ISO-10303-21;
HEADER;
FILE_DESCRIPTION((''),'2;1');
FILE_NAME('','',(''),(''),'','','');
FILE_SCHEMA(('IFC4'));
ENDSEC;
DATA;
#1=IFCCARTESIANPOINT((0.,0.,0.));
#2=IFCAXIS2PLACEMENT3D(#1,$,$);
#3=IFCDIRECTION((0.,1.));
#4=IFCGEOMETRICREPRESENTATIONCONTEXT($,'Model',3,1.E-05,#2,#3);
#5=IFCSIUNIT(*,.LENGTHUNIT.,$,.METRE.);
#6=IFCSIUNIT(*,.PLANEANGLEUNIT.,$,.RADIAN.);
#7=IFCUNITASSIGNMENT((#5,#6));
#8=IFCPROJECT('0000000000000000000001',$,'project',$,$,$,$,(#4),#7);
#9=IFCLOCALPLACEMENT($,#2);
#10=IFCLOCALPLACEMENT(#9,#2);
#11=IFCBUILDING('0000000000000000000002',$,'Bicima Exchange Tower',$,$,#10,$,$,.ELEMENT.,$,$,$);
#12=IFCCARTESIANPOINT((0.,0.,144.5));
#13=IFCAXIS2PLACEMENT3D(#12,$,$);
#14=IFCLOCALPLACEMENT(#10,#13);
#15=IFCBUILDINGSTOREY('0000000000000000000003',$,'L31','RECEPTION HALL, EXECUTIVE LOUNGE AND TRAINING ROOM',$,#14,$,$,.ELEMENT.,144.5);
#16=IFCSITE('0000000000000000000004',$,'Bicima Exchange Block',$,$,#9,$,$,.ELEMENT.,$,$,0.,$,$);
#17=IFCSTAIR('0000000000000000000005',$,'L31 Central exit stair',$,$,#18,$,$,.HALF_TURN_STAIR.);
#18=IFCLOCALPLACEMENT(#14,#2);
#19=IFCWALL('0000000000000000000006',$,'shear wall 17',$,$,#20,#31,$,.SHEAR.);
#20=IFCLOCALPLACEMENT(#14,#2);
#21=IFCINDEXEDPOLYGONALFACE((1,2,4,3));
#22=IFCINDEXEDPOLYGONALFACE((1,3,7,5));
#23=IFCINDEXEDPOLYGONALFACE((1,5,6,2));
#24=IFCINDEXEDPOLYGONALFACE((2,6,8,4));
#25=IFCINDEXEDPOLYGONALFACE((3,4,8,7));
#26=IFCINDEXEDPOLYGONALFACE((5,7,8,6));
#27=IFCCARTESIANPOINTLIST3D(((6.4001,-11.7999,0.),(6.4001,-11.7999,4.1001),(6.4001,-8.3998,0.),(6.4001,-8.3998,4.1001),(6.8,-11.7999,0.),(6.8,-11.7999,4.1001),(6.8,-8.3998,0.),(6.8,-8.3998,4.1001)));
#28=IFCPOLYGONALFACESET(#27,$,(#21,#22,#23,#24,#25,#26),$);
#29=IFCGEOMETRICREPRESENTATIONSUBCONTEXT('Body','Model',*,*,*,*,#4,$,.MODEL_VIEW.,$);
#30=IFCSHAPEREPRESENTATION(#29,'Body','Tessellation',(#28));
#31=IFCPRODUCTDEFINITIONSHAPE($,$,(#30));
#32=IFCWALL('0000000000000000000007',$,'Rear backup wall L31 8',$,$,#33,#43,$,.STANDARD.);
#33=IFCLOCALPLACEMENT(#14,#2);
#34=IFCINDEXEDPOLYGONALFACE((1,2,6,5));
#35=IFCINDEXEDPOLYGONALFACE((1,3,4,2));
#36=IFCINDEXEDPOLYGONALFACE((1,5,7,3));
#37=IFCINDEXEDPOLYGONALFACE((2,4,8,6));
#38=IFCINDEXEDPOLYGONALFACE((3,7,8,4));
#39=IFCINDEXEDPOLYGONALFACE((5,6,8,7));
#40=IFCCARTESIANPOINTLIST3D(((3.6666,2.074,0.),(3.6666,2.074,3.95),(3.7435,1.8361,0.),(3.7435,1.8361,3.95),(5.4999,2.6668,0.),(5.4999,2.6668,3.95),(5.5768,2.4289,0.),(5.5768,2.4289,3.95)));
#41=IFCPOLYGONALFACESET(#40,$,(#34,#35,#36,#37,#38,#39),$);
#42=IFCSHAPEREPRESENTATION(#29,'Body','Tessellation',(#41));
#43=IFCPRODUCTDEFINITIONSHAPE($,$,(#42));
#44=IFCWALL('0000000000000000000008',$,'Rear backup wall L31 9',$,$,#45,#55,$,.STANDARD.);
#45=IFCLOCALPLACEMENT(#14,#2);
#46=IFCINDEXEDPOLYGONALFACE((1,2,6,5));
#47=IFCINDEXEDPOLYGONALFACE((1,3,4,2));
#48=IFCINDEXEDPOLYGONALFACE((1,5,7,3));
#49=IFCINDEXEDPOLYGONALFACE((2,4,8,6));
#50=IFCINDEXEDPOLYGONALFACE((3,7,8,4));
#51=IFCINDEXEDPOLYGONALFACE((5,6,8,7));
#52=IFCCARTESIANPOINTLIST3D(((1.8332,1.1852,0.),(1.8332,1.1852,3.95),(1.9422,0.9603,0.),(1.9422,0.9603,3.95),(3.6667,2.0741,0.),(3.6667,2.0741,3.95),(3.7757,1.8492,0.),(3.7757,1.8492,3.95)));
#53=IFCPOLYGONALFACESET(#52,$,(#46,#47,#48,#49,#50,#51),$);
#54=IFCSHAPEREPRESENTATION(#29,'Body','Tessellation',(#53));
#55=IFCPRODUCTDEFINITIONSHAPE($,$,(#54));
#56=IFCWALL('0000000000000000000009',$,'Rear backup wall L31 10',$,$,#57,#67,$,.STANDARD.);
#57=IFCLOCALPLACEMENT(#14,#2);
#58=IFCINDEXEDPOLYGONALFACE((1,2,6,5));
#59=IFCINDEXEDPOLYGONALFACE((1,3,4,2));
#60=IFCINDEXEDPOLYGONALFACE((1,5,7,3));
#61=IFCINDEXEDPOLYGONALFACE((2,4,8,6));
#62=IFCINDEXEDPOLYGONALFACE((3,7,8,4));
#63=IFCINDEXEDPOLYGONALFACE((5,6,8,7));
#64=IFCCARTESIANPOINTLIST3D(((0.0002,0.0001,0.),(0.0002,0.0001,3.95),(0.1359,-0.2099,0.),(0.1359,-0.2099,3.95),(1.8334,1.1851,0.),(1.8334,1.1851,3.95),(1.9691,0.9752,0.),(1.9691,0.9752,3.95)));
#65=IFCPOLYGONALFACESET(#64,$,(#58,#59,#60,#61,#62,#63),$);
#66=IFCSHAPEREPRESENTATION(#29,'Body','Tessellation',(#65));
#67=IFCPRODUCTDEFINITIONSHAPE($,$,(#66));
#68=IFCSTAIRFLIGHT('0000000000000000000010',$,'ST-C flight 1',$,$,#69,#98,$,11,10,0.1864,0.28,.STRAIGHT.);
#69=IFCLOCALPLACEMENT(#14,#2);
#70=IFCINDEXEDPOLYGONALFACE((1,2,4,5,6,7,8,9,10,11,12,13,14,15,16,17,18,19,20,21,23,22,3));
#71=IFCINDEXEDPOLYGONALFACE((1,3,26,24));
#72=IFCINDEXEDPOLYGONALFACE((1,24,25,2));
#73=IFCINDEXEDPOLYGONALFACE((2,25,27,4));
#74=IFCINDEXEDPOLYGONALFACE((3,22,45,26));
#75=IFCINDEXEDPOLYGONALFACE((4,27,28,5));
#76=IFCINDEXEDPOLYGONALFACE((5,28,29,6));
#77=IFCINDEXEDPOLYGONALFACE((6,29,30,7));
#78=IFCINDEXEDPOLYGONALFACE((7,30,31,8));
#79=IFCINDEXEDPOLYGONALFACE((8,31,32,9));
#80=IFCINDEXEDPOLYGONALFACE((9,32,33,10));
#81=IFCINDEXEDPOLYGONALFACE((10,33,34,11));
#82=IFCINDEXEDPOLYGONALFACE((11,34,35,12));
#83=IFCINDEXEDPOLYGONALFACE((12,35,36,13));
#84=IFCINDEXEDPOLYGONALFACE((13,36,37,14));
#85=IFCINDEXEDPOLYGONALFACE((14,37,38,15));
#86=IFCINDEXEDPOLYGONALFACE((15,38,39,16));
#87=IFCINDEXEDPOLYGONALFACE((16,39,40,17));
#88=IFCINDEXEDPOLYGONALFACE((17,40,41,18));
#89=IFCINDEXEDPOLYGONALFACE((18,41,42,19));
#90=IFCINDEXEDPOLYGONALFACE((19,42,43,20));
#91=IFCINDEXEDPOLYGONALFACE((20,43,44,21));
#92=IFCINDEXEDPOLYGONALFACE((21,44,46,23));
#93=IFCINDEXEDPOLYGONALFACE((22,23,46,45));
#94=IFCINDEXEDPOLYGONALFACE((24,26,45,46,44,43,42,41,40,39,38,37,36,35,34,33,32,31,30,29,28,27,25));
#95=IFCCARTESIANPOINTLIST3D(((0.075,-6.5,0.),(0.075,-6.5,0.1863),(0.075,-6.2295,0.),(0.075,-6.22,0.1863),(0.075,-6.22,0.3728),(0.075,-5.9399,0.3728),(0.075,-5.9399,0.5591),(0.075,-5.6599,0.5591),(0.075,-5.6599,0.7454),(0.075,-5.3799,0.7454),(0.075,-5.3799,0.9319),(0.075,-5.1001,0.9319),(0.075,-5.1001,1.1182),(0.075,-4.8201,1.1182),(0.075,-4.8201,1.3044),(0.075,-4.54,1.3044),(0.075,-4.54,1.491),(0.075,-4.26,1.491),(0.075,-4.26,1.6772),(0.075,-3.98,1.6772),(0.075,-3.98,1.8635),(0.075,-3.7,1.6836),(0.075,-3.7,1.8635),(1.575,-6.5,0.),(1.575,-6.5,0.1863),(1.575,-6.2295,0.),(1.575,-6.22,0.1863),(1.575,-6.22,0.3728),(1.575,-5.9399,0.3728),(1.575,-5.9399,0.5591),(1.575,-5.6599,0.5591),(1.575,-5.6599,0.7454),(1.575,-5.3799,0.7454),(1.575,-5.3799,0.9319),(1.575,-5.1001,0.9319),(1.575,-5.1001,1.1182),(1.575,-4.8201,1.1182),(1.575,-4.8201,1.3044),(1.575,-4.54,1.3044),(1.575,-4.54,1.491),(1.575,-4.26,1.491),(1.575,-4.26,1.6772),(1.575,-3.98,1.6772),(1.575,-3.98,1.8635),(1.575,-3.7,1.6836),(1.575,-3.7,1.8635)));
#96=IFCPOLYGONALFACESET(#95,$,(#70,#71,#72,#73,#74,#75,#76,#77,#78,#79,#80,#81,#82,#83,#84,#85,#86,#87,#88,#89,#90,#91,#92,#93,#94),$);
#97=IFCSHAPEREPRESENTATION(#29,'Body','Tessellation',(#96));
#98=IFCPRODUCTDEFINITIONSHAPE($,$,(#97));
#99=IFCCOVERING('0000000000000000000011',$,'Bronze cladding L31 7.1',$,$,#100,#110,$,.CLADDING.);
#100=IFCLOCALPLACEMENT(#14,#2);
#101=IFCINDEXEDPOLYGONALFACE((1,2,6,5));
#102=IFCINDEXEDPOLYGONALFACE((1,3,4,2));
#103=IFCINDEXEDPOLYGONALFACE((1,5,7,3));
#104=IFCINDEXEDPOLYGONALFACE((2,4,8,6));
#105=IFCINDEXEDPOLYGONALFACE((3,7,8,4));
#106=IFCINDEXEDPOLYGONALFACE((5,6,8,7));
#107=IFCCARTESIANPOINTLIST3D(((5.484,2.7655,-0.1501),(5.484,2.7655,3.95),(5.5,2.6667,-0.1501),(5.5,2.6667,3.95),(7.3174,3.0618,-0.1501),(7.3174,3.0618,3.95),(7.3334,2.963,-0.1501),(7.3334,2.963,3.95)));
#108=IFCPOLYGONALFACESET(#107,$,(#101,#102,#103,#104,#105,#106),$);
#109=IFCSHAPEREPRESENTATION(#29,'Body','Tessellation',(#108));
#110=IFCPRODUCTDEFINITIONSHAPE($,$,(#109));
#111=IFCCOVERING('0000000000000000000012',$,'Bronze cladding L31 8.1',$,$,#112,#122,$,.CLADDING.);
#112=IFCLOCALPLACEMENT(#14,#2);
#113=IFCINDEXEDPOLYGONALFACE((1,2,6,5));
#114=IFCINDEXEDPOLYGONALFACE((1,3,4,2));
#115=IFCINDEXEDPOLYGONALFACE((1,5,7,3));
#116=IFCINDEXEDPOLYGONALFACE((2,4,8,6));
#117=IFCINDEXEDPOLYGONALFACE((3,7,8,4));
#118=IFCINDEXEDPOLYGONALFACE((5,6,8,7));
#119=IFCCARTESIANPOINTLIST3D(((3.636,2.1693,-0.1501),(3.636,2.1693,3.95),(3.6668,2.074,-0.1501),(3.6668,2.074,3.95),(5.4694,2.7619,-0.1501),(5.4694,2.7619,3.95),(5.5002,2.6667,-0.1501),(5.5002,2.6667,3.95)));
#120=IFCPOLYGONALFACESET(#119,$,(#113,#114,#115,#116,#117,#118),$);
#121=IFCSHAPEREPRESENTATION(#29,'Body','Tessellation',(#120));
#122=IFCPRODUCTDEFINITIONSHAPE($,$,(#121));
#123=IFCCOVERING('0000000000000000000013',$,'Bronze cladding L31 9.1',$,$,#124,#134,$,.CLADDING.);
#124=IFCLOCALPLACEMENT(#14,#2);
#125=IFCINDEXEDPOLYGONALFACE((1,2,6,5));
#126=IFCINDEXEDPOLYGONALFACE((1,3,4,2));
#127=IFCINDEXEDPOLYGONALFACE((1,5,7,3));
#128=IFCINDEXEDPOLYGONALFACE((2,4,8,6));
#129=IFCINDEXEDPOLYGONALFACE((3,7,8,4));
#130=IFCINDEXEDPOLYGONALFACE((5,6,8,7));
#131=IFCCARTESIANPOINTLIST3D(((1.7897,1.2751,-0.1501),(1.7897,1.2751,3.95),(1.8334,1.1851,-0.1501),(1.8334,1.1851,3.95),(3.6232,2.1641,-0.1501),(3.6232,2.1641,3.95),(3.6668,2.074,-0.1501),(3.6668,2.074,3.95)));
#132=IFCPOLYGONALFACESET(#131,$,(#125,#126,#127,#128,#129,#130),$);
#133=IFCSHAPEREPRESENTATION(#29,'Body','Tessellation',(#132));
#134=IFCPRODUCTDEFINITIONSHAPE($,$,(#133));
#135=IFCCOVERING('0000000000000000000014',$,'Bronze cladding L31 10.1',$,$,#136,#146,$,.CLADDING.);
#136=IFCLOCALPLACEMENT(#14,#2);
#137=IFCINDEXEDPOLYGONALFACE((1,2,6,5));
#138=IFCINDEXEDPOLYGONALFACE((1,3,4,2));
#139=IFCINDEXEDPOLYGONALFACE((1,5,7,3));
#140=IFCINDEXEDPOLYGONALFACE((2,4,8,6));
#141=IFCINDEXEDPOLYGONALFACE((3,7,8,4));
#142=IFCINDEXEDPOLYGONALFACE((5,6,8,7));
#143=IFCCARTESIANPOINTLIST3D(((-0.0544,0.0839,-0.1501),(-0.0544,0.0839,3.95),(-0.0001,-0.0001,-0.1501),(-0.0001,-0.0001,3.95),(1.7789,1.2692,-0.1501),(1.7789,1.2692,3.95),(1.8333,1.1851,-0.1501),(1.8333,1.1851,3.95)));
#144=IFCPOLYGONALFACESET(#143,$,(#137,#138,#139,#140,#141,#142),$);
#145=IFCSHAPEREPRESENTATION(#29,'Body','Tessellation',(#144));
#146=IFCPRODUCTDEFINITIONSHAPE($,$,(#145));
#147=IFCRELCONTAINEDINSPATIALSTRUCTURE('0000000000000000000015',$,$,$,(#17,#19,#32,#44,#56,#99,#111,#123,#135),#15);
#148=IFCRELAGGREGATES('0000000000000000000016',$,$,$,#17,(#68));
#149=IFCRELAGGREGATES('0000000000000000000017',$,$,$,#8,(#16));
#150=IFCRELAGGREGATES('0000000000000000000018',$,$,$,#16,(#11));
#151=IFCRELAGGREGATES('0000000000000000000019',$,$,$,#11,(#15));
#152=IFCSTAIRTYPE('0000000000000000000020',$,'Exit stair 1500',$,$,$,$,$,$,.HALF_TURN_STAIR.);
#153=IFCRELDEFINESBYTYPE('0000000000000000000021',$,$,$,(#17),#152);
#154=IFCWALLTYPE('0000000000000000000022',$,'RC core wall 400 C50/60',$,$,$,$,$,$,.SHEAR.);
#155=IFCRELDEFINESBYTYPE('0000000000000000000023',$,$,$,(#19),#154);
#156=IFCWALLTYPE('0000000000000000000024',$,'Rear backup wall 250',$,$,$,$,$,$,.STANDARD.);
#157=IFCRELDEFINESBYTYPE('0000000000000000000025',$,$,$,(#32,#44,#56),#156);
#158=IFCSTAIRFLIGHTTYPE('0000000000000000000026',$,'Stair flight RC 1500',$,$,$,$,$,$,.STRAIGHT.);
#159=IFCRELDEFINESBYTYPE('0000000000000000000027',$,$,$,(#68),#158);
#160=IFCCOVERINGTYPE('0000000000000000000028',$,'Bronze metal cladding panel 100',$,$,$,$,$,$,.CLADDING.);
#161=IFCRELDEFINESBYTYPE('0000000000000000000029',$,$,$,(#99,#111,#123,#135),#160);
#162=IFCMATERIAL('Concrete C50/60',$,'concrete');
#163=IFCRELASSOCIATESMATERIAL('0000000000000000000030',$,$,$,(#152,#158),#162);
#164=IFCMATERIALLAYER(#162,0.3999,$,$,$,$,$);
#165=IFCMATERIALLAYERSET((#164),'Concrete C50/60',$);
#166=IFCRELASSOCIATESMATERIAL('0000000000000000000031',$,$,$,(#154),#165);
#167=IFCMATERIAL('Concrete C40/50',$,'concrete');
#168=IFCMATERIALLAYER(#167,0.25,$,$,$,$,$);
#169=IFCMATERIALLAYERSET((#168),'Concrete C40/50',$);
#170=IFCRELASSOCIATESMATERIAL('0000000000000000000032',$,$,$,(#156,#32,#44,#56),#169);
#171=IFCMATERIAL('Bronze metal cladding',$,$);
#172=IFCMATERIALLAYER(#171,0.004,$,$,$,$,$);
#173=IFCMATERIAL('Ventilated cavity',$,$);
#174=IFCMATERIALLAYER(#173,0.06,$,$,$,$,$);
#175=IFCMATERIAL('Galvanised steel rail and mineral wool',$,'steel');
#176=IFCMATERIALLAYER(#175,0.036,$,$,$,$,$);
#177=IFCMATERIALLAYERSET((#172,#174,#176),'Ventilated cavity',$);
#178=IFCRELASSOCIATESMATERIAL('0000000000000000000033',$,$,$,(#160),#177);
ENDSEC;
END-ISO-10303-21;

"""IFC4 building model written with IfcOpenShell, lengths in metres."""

from ifc_helpers import new_model, si_unit, direction, frame, frame_2d, origin, origin_2d, place, context, subcontext, project, spatial, polyline, rectangle, outline, extrude, material, layer, layer_set, layer_usage, type_object, element, aggregate, save


model = new_model("IFC4")

# Units and contexts
model_context = context("Model", 3, precision=1e-05, world=origin(), true_north=direction((0.0, 1.0)))
body_context = subcontext(model_context, "Body", "Model", "MODEL_VIEW")
ifc_project = project(units=[si_unit("LENGTHUNIT", "METRE"), si_unit("PLANEANGLEUNIT", "RADIAN")], contexts=[model_context])

# Site, building, storey
site_placement = place(None, origin())
site = spatial("IfcSite", under=ifc_project, at=site_placement, Name="Bicima Exchange Block", CompositionType="ELEMENT", RefElevation=0.0)
building_placement = place(site_placement, origin())
building = spatial("IfcBuilding", under=site, at=building_placement, Name="Bicima Exchange Tower", CompositionType="ELEMENT")
storey_placement = place(building_placement, frame((0.0, 0.0, 144.5)))
storey = spatial("IfcBuildingStorey", under=building, at=storey_placement, Name="L31", Description="RECEPTION HALL, EXECUTIVE LOUNGE AND TRAINING ROOM", CompositionType="ELEMENT", Elevation=144.5)

# Shared definitions
ifc_material_1 = material(Name="Concrete C40/50", Category="concrete")

# Stair
ifc_material_2 = material(Name="Concrete C50/60", Category="concrete")
stair_type_1 = type_object("IfcStairType", Name="Exit stair 1500", PredefinedType="HALF_TURN_STAIR", material=ifc_material_2)
stair_1_placement = place(storey_placement, origin())
stair_1 = element("IfcStair", 1, at=stair_1_placement, inside=storey, type_object=stair_type_1, Name="L31 Central exit stair", PredefinedType="HALF_TURN_STAIR")

# Shared definitions
ifc_layer_1 = layer(ifc_material_2, 0.3999)
ifc_layer_set_1 = layer_set([ifc_layer_1], Name="Concrete C50/60")
wall_type_1 = type_object("IfcWallType", Name="RC core wall 400 C50/60", PredefinedType="SHEAR", material=ifc_layer_set_1)

# Walls
wall_1_placement = place(storey_placement, frame((6.6001, -11.8, 0.0), z_axis=(0.0, 0.0, 1.0), x_axis=(0.0, 1.0, 0.0)))
element("IfcWall", 2, at=wall_1_placement, inside=storey, type_object=wall_type_1, Name="shear wall 17", PredefinedType="SHEAR", context=body_context, shape_type="SweptSolid", body=[
    extrude(rectangle(XDim=3.4001, YDim=0.3999, at=frame_2d((1.7002, 0.0))), origin(), (0.0, 0.0, 1.0), 4.1001),
])
ifc_layer_2 = layer(ifc_material_1, 0.25)
ifc_layer_set_2 = layer_set([ifc_layer_2], Name="Concrete C40/50")
ifc_layer_usage = layer_usage(ifc_layer_set_2, "AXIS2", "POSITIVE", -0.125)
wall_type_2 = type_object("IfcWallType", Name="Rear backup wall 250", PredefinedType="STANDARD", material=ifc_layer_set_2)
wall_2_placement = place(storey_placement, frame((5.5383, 2.5479, 0.0), z_axis=(0.0, 0.0, 1.0), x_axis=(-0.951496, -0.307662, 0.0)))
element("IfcWall", 3, at=wall_2_placement, inside=storey, type_object=wall_type_2, material=ifc_layer_usage, Name="Rear backup wall L31 8", PredefinedType="STANDARD", context=body_context, shape_type="SweptSolid", body=[
    extrude(rectangle(XDim=1.9268, YDim=0.25, at=frame_2d((0.9634, 0.0))), origin(), (0.0, 0.0, 1.0), 3.95),
])
wall_3_placement = place(storey_placement, frame((3.7212, 1.9617, 0.0), z_axis=(0.0, 0.0, 1.0), x_axis=(-0.899824, -0.436253, 0.0)))
element("IfcWall", 4, at=wall_3_placement, inside=storey, type_object=wall_type_2, material=ifc_layer_usage, Name="Rear backup wall L31 9", PredefinedType="STANDARD", context=body_context, shape_type="SweptSolid", body=[
    extrude(rectangle(XDim=2.0376, YDim=0.25, at=frame_2d((1.0188, 0.0))), origin(), (0.0, 0.0, 1.0), 3.95),
])
wall_4_placement = place(storey_placement, frame((1.9011, 1.0801, 0.0), z_axis=(0.0, 0.0, 1.0), x_axis=(-0.839813, -0.542876, 0.0)))
element("IfcWall", 5, at=wall_4_placement, inside=storey, type_object=wall_type_2, material=ifc_layer_usage, Name="Rear backup wall L31 10", PredefinedType="STANDARD", context=body_context, shape_type="SweptSolid", body=[
    extrude(rectangle(XDim=2.1829, YDim=0.25, at=frame_2d((1.0913, 0.0))), origin(), (0.0, 0.0, 1.0), 3.95),
])

# Stair flight
stair_flight_type = type_object("IfcStairFlightType", Name="Stair flight RC 1500", PredefinedType="STRAIGHT", material=ifc_material_2)
stair_flight_placement = place(storey_placement, frame((0.825, -6.5, 0.0), z_axis=(0.0, 0.0, 1.0), x_axis=(0.0, 1.0, 0.0)))
stair_flight = element("IfcStairFlight", 6, at=stair_flight_placement, type_object=stair_flight_type, Name="ST-C flight 1", NumberOfRisers=11, NumberOfTreads=10, PredefinedType="STRAIGHT", RiserHeight=0.1864, TreadLength=0.28, context=body_context, shape_type="SweptSolid", body=[
    extrude(outline(polyline([(0.0, 0.0), (0.0, 0.1863), (0.28, 0.1863), (0.28, 0.3728), (0.5601, 0.3728), (0.5601, 0.5591), (0.8401, 0.5591), (0.8401, 0.7454), (1.1201, 0.7454), (1.1201, 0.9319), (1.3999, 0.9319), (1.3999, 1.1182), (1.6799, 1.1182), (1.6799, 1.3044), (1.96, 1.3044), (1.96, 1.491), (2.24, 1.491), (2.24, 1.6772), (2.52, 1.6772), (2.52, 1.8635), (2.8, 1.8635), (2.8, 2.05), (2.8, 1.6836), (0.2705, 0.0), (0.0, 0.0)])), frame((0.0, 0.75, 0.0), z_axis=(0.0, -1.0, 0.0), x_axis=(1.0, 0.0, 0.0)), (0.0, 0.0, 1.0), 1.5),
])
aggregate(stair_1, [stair_flight])

# Coverings
ifc_material_3 = material(Name="Bronze metal cladding")
ifc_layer_3 = layer(ifc_material_3, 0.004)
ifc_material_4 = material(Name="Ventilated cavity")
ifc_layer_4 = layer(ifc_material_4, 0.06)
ifc_material_5 = material(Name="Galvanised steel rail and mineral wool", Category="steel")
ifc_layer_5 = layer(ifc_material_5, 0.036)
ifc_layer_set_3 = layer_set([ifc_layer_3, ifc_layer_4, ifc_layer_5], Name="Ventilated cavity")
covering_type = type_object("IfcCoveringType", Name="Bronze metal cladding panel 100", PredefinedType="CLADDING", material=ifc_layer_set_3)
covering_1_placement = place(storey_placement, frame((6.4087, 2.8643, -0.1501), z_axis=(0.0, 0.0, 1.0), x_axis=(-0.98719, -0.15955, 0.0)))
element("IfcCovering", 7, at=covering_1_placement, inside=storey, type_object=covering_type, Name="Bronze cladding L31 7.1", PredefinedType="CLADDING", context=body_context, shape_type="SweptSolid", body=[
    extrude(rectangle(XDim=1.8572, YDim=0.1001, at=origin_2d()), origin(), (0.0, 0.0, 1.0), 4.1001),
])
covering_2_placement = place(storey_placement, frame((4.5681, 2.418, -0.1501), z_axis=(0.0, 0.0, 1.0), x_axis=(-0.951525, -0.307573, 0.0)))
element("IfcCovering", 8, at=covering_2_placement, inside=storey, type_object=covering_type, Name="Bronze cladding L31 8.1", PredefinedType="CLADDING", context=body_context, shape_type="SweptSolid", body=[
    extrude(rectangle(XDim=1.9268, YDim=0.1001, at=origin_2d()), origin(), (0.0, 0.0, 1.0), 4.1001),
])
covering_3_placement = place(storey_placement, frame((2.7283, 1.6746, -0.1501), z_axis=(0.0, 0.0, 1.0), x_axis=(-0.899818, -0.436265, 0.0)))
element("IfcCovering", 9, at=covering_3_placement, inside=storey, type_object=covering_type, Name="Bronze cladding L31 9.1", PredefinedType="CLADDING", context=body_context, shape_type="SweptSolid", body=[
    extrude(rectangle(XDim=2.0376, YDim=0.1001, at=origin_2d()), origin(), (0.0, 0.0, 1.0), 4.1001),
])
covering_4_placement = place(storey_placement, frame((0.8894, 0.6345, -0.1501), z_axis=(0.0, 0.0, 1.0), x_axis=(-0.83979, -0.542911, 0.0)))
element("IfcCovering", 10, at=covering_4_placement, inside=storey, type_object=covering_type, Name="Bronze cladding L31 10.1", PredefinedType="CLADDING", context=body_context, shape_type="SweptSolid", body=[
    extrude(rectangle(XDim=2.1831, YDim=0.1001, at=origin_2d()), origin(), (0.0, 0.0, 1.0), 4.1001),
])

save(model, "model.ifc")
